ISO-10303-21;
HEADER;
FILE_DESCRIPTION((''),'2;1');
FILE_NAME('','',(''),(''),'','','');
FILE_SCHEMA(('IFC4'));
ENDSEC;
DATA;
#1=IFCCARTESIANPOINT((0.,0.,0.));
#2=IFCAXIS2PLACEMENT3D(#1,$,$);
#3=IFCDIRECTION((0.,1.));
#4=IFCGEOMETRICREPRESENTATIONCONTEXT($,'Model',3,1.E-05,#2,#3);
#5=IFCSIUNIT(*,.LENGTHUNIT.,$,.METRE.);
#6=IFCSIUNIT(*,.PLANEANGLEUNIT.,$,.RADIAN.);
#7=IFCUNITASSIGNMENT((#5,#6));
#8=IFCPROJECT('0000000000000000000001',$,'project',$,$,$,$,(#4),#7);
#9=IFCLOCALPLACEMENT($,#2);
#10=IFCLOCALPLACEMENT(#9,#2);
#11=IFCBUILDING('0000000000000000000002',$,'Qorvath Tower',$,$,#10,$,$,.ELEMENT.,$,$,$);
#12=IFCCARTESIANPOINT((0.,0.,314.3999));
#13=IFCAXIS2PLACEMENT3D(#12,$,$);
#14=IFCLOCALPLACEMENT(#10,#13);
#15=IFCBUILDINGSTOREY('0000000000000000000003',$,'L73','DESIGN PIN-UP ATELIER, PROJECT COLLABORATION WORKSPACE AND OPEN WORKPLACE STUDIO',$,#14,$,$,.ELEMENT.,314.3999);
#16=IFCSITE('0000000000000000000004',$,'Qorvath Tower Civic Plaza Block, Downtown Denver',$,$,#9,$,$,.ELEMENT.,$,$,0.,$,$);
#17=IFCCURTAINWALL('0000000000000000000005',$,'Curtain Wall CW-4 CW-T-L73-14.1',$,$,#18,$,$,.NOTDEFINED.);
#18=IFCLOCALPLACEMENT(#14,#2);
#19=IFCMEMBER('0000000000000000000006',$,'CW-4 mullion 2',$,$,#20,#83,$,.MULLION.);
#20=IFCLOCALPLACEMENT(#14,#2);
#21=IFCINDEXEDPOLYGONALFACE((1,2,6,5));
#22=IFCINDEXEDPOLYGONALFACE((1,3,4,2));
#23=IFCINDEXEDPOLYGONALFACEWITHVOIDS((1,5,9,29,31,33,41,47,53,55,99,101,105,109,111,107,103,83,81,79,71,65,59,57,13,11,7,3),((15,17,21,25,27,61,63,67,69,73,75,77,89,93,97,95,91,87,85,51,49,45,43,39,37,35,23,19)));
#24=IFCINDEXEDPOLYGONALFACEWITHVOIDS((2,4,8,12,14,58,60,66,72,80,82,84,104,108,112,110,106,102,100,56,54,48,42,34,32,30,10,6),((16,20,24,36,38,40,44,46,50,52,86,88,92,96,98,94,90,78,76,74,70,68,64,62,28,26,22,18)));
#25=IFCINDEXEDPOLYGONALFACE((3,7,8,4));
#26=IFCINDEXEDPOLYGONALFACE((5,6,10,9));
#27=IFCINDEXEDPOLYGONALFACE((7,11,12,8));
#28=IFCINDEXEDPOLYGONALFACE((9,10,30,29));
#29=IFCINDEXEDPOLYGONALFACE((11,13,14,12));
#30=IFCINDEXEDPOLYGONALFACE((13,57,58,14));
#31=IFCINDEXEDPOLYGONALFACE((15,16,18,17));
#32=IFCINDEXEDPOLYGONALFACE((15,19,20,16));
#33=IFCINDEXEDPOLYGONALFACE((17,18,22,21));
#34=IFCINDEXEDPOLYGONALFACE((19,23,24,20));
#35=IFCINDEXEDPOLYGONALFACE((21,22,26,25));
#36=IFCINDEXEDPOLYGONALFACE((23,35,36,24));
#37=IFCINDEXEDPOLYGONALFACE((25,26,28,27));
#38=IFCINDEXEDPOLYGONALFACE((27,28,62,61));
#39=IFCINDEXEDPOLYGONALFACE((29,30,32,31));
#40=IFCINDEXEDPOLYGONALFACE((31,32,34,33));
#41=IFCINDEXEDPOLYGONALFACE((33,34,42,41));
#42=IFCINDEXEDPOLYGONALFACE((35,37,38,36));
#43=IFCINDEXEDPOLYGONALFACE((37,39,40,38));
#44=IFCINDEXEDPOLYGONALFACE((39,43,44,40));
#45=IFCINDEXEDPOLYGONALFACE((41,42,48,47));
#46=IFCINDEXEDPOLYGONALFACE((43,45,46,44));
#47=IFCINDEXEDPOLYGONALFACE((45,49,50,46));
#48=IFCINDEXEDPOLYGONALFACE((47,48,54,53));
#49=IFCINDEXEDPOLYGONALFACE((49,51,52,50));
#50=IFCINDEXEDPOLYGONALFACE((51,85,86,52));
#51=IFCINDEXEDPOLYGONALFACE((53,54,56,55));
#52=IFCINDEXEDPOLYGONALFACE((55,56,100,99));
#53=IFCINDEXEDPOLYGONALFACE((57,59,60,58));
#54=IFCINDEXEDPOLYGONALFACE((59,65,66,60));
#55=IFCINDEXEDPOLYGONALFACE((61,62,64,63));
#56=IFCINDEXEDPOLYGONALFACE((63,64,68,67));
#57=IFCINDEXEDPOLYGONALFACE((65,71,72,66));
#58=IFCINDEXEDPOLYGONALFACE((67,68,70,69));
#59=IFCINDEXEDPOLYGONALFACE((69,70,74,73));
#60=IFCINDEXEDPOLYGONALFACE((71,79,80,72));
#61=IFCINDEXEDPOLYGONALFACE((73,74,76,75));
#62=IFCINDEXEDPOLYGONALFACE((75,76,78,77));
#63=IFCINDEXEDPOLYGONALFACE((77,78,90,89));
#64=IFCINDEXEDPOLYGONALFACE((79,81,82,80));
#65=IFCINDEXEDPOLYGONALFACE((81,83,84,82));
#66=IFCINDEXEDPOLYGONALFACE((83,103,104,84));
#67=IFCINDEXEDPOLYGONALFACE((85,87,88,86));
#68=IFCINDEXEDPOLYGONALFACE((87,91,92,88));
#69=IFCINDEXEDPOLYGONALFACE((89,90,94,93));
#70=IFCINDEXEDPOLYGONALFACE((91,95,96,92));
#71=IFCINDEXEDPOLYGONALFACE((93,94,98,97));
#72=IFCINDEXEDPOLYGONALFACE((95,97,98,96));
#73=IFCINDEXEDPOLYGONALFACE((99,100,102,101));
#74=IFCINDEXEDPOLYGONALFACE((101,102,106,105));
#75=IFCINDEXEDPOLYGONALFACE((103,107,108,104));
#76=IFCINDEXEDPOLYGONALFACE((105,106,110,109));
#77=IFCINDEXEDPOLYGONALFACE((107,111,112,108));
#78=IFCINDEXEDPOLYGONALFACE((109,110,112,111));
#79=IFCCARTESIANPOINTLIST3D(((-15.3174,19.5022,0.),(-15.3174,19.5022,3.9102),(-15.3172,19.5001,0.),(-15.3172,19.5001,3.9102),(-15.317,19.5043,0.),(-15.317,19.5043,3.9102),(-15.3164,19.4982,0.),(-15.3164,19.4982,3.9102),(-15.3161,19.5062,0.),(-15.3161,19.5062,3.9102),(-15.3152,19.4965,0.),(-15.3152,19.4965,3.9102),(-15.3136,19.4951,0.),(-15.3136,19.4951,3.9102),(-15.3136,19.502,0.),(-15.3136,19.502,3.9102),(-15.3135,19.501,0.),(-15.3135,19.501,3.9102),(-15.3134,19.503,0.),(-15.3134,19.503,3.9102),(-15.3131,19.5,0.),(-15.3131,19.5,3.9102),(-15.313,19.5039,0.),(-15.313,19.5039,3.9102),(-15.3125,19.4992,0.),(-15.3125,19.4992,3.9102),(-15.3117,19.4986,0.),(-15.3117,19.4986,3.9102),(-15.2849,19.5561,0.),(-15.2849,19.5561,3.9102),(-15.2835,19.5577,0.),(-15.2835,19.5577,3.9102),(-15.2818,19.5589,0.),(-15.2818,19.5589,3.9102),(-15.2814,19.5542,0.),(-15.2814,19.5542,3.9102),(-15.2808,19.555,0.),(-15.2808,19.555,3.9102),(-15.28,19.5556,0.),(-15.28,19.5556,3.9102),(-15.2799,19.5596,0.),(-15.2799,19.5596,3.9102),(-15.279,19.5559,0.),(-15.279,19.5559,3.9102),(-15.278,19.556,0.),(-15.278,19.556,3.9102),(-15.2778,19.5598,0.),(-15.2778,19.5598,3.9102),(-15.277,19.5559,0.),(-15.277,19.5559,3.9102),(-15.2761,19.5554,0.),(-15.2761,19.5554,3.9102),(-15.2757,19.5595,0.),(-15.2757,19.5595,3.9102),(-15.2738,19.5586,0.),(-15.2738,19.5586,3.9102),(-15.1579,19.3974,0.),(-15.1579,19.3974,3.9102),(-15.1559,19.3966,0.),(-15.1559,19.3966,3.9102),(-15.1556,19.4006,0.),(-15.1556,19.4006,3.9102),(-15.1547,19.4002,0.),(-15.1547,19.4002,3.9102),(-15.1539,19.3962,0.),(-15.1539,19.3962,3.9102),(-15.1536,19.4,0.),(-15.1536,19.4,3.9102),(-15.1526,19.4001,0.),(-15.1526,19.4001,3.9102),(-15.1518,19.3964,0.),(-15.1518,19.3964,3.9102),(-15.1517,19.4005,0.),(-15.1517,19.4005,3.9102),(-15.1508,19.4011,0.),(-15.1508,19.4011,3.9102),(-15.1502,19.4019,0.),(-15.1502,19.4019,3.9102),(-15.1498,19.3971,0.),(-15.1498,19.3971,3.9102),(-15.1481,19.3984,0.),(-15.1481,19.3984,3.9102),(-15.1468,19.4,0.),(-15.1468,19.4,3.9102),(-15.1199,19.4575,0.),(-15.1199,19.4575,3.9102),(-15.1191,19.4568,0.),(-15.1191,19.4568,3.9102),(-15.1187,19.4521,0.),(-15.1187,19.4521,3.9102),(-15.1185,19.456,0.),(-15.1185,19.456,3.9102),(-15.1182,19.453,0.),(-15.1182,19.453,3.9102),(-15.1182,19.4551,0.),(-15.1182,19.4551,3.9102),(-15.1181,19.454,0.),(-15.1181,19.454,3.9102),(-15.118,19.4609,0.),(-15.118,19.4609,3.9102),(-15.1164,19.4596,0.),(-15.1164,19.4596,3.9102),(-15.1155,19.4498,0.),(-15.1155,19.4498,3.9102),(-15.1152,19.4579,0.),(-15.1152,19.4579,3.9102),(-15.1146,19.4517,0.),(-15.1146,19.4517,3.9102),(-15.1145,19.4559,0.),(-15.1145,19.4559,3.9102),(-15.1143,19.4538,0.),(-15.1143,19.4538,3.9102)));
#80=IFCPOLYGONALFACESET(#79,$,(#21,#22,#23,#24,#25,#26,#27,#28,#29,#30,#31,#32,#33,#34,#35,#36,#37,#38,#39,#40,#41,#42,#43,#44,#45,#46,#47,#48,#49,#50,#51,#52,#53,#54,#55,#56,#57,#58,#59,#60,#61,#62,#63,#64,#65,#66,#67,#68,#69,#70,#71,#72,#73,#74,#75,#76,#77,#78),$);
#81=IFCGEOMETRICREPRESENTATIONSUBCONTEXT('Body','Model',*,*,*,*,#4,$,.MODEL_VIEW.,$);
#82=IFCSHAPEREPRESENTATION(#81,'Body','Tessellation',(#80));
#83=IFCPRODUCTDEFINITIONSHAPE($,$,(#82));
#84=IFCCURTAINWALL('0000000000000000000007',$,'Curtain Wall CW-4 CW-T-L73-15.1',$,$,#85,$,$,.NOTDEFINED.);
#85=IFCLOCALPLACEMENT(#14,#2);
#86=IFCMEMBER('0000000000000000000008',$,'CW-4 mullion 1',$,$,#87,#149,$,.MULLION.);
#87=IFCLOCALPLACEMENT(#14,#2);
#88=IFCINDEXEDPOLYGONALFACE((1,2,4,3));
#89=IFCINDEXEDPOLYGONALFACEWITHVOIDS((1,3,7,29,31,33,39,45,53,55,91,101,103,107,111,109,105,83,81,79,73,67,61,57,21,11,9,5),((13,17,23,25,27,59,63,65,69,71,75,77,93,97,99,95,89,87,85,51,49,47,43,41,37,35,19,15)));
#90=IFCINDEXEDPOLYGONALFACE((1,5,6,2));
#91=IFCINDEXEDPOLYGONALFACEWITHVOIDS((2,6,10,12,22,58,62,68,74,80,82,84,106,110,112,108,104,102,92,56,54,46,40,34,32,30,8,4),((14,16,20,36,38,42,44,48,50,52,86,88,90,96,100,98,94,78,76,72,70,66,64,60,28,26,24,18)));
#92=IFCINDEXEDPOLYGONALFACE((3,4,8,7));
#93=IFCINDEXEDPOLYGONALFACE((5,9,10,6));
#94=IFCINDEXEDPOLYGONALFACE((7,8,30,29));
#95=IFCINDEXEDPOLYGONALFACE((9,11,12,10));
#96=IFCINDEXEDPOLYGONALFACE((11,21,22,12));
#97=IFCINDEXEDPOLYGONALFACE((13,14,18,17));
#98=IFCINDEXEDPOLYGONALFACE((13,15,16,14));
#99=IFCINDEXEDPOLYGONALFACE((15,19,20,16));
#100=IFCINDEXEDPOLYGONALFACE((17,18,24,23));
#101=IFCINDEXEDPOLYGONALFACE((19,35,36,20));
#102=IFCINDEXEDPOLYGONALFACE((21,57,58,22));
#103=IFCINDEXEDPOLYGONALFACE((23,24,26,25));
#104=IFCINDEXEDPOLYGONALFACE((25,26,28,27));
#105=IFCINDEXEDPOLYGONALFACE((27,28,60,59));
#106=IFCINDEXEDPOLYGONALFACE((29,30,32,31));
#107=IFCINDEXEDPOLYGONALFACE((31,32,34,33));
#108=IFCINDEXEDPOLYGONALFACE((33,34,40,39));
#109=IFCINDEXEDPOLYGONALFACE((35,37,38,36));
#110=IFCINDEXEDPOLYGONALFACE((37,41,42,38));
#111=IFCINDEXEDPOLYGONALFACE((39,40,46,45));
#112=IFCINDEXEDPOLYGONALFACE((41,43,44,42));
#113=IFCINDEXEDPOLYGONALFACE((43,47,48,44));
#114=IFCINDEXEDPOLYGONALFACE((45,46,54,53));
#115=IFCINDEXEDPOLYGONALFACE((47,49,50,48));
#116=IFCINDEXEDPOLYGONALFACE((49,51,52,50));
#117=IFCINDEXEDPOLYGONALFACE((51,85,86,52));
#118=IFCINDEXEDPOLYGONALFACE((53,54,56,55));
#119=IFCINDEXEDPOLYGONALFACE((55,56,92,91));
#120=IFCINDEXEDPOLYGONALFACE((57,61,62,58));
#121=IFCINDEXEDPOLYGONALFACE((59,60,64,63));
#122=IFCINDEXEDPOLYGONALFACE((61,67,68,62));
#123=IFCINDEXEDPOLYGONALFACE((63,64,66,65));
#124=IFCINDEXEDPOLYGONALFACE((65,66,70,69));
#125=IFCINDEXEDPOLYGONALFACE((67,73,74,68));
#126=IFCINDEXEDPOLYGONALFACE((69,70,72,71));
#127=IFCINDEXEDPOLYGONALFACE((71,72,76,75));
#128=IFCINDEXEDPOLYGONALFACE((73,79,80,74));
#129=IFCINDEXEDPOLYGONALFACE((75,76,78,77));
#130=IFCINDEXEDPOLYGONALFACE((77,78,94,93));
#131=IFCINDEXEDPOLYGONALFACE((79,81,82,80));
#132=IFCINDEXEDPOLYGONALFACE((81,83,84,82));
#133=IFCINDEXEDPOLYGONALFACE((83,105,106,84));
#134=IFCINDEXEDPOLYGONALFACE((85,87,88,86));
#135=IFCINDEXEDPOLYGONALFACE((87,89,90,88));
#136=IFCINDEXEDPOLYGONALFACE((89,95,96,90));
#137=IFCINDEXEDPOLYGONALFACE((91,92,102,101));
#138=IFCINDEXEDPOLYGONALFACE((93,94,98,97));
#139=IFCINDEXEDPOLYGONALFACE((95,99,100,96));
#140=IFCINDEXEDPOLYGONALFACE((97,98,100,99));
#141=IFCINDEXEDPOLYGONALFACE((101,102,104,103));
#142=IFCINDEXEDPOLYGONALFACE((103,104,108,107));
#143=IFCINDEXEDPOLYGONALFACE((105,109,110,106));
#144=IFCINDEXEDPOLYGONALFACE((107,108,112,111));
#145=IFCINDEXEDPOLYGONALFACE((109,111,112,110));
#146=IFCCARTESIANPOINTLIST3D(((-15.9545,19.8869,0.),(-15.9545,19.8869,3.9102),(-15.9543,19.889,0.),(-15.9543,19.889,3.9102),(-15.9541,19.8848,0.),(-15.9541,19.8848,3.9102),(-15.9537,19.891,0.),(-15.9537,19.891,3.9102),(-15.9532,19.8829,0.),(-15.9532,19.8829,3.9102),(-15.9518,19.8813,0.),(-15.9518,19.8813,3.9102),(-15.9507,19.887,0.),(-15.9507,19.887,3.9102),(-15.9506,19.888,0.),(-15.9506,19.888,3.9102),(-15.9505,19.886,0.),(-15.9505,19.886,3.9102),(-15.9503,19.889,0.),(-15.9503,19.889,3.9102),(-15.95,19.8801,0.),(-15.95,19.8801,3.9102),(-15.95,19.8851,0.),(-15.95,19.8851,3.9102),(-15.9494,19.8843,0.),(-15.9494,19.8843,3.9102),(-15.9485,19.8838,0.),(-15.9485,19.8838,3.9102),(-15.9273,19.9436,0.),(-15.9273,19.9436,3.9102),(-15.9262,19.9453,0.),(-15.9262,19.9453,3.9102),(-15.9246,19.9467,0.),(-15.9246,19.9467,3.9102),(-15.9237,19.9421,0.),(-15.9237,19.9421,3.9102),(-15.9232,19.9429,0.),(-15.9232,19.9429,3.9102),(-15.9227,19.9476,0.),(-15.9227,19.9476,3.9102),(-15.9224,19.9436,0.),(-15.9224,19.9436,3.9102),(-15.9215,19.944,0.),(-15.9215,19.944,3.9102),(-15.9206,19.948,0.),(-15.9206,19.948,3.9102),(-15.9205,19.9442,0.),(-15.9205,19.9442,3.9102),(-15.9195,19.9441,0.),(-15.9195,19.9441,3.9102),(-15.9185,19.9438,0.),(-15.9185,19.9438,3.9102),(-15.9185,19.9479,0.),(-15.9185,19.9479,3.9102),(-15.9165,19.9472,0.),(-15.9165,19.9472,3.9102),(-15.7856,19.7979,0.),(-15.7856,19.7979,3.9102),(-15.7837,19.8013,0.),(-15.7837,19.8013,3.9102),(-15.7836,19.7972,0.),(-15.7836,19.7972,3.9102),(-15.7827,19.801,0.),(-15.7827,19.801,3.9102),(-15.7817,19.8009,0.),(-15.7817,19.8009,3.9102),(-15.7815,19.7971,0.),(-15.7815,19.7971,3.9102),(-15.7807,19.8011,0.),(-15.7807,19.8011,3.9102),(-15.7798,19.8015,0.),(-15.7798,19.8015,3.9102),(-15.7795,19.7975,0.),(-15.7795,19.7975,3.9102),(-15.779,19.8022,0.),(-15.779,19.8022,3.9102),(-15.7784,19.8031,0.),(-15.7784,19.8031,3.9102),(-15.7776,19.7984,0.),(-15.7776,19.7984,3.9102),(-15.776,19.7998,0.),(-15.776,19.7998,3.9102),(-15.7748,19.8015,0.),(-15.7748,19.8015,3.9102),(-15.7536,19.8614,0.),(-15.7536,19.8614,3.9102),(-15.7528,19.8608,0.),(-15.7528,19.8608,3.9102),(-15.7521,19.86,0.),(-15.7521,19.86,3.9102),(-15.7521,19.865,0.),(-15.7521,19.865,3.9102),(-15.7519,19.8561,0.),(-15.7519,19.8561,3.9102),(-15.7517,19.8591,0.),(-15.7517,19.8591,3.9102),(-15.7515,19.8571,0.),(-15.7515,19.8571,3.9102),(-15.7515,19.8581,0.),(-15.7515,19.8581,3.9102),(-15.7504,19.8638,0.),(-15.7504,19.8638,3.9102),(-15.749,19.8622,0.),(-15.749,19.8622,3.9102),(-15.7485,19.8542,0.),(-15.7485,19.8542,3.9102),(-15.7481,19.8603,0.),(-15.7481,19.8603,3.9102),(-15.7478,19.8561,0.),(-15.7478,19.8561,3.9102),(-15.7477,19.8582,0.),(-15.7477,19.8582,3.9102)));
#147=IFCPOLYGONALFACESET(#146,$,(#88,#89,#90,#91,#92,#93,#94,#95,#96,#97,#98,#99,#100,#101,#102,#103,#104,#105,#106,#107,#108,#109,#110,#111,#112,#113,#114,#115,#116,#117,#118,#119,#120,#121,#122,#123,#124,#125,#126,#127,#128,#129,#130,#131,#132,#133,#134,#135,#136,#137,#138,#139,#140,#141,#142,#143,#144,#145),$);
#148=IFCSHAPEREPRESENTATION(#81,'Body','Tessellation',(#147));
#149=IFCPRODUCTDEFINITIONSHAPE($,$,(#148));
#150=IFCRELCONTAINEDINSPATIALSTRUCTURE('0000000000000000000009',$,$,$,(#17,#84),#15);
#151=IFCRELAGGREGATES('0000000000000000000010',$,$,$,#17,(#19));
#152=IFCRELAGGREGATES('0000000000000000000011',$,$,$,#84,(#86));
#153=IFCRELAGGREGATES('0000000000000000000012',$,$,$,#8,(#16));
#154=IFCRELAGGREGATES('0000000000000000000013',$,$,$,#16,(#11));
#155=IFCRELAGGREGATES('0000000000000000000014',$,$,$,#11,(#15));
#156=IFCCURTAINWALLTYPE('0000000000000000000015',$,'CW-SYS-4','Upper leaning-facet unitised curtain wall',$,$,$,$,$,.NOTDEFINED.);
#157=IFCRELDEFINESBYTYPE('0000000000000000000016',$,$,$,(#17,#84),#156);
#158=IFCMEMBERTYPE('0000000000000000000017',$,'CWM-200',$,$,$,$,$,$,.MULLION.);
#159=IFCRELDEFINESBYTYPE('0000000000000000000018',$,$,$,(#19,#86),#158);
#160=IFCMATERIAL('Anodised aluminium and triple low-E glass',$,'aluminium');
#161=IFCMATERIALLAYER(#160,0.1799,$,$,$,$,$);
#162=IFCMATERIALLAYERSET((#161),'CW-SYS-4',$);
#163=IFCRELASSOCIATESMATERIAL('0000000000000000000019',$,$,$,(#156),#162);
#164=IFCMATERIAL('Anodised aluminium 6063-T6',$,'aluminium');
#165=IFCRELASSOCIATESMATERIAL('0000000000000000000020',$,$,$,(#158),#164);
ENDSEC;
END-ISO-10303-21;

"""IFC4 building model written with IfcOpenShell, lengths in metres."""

from ifc_helpers import new_model, si_unit, direction, frame, origin, origin_2d, place, context, subcontext, project, spatial, hollow_rectangle, extrude, material, layer, layer_set, material_profile, profile_set, type_object, element, aggregate, save


model = new_model("IFC4")

# Units and contexts
model_context = context("Model", 3, precision=1e-05, world=origin(), true_north=direction((0.0, 1.0)))
body_context = subcontext(model_context, "Body", "Model", "MODEL_VIEW")
ifc_project = project(units=[si_unit("LENGTHUNIT", "METRE"), si_unit("PLANEANGLEUNIT", "RADIAN")], contexts=[model_context])

# Site, building, storey
site_placement = place(None, origin())
site = spatial("IfcSite", under=ifc_project, at=site_placement, Name="Qorvath Tower Civic Plaza Block, Downtown Denver", CompositionType="ELEMENT", RefElevation=0.0)
building_placement = place(site_placement, origin())
building = spatial("IfcBuilding", under=site, at=building_placement, Name="Qorvath Tower", CompositionType="ELEMENT")
storey_placement = place(building_placement, frame((0.0, 0.0, 314.3999)))
storey = spatial("IfcBuildingStorey", under=building, at=storey_placement, Name="L73", Description="DESIGN PIN-UP ATELIER, PROJECT COLLABORATION WORKSPACE AND OPEN WORKPLACE STUDIO", CompositionType="ELEMENT", Elevation=314.3999)

# Shared definitions
ifc_material_1 = material(Name="Anodised aluminium and triple low-E glass", Category="aluminium")
ifc_layer_1 = layer(ifc_material_1, 0.1799)
ifc_layer_set_1 = layer_set([ifc_layer_1], Name="CW-SYS-4")
curtain_wall_type = type_object("IfcCurtainWallType", Name="CW-SYS-4", Description="Upper leaning-facet unitised curtain wall", PredefinedType="NOTDEFINED", material=ifc_layer_set_1)
ifc_material_2 = material(Name="Anodised aluminium 6063-T6", Category="aluminium")
ifc_material_profile_1 = material_profile(ifc_material_2, hollow_rectangle(XDim=0.075, YDim=0.2, WallThickness=0.0039, InnerFilletRadius=0.0039, OuterFilletRadius=0.0081, at=origin_2d()), Name="CWM 200x75")
ifc_profile_set_1 = profile_set([ifc_material_profile_1], Name="Anodised aluminium 6063-T6")
member_type_1 = type_object("IfcMemberType", Name="CWM-200", PredefinedType="MULLION", material=ifc_profile_set_1)

# Curtain walls, members
curtain_wall_1_placement = place(storey_placement, origin())
curtain_wall_1 = element("IfcCurtainWall", 1, at=curtain_wall_1_placement, inside=storey, type_object=curtain_wall_type, Name="Curtain Wall CW-4 CW-T-L73-14.1", PredefinedType="NOTDEFINED")
member_1_placement = place(storey_placement, frame((-15.2158, 19.478, 0.0), z_axis=(0.0, 0.0, 1.0), x_axis=(-0.531324, -0.847168, 0.0)))
member_1 = element("IfcMember", 2, at=member_1_placement, type_object=member_type_1, Name="CW-4 mullion 2", PredefinedType="MULLION", context=body_context, shape_type="SweptSolid", body=[
    extrude(hollow_rectangle(XDim=0.075, YDim=0.2, WallThickness=0.0039, InnerFilletRadius=0.0039, OuterFilletRadius=0.0081, at=origin_2d()), origin(), (0.0, 0.0, 1.0), 3.9102),
])
curtain_wall_2_placement = place(storey_placement, origin())
curtain_wall_2 = element("IfcCurtainWall", 3, at=curtain_wall_2_placement, inside=storey, type_object=curtain_wall_type, Name="Curtain Wall CW-4 CW-T-L73-15.1", PredefinedType="NOTDEFINED")
member_2_placement = place(storey_placement, frame((-15.8511, 19.8726, 0.0), z_axis=(0.0, 0.0, 1.0), x_axis=(-0.447225, -0.894421, 0.0)))
member_2 = element("IfcMember", 4, at=member_2_placement, type_object=member_type_1, Name="CW-4 mullion 1", PredefinedType="MULLION", context=body_context, shape_type="SweptSolid", body=[
    extrude(hollow_rectangle(XDim=0.075, YDim=0.2, WallThickness=0.0039, InnerFilletRadius=0.0039, OuterFilletRadius=0.0081, at=origin_2d()), origin(), (0.0, 0.0, 1.0), 3.9102),
])

aggregate(curtain_wall_1, [member_1])
aggregate(curtain_wall_2, [member_2])

save(model, "model.ifc")
